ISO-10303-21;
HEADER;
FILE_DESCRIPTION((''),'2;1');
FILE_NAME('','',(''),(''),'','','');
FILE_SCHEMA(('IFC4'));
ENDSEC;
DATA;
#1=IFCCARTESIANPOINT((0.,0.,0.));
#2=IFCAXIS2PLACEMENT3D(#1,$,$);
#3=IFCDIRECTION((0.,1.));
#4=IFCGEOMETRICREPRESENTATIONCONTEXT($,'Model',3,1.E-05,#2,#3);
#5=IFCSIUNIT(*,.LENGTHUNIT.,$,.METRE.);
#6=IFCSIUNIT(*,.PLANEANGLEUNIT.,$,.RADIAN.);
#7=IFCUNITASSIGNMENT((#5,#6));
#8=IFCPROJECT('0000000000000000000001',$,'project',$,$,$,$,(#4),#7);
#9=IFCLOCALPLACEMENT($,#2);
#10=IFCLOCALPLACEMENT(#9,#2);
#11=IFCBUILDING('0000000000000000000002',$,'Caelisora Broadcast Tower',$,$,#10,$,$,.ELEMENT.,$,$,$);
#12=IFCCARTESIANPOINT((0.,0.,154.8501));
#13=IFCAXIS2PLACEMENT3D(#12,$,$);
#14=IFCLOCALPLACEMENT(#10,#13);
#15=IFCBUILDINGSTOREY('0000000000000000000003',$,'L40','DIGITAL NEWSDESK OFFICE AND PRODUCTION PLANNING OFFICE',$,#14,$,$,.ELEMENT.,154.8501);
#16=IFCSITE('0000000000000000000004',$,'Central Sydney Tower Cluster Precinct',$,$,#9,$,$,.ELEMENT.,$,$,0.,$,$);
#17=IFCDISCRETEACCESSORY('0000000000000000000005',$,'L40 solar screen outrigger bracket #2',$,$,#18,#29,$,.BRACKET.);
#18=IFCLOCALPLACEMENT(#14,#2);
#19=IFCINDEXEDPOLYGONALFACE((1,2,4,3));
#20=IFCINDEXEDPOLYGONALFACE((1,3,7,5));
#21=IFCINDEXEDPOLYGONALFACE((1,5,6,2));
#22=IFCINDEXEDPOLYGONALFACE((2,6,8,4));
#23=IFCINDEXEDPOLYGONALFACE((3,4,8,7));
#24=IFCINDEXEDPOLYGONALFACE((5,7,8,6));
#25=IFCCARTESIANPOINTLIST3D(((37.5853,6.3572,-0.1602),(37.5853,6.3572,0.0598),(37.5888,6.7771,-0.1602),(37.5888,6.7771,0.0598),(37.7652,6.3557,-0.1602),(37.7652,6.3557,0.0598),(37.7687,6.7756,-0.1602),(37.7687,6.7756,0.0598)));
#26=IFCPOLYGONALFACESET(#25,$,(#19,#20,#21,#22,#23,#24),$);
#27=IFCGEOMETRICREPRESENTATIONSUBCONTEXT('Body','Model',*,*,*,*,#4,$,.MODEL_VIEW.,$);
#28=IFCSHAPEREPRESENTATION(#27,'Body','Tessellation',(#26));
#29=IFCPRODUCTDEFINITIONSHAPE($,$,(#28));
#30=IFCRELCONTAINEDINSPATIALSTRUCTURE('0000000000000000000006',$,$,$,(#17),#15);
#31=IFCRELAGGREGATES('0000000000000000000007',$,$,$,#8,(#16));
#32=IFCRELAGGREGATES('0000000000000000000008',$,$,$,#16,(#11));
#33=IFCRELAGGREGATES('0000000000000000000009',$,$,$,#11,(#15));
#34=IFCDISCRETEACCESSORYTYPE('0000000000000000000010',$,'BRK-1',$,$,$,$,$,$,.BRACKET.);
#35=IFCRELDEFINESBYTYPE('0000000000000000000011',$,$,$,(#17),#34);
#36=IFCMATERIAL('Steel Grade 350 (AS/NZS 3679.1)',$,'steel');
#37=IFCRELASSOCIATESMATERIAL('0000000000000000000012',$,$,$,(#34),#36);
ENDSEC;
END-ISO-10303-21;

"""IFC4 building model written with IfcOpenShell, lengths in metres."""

from ifc_helpers import new_model, si_unit, direction, frame, origin, origin_2d, place, context, subcontext, project, spatial, rectangle, extrude, source, transform, mapped, material, type_object, type_shapes, element, save


model = new_model("IFC4")

# Units and contexts
model_context = context("Model", 3, precision=1e-05, world=origin(), true_north=direction((0.0, 1.0)))
body_context = subcontext(model_context, "Body", "Model", "MODEL_VIEW")
ifc_project = project(units=[si_unit("LENGTHUNIT", "METRE"), si_unit("PLANEANGLEUNIT", "RADIAN")], contexts=[model_context])

# Site, building, storey
site_placement = place(None, origin())
site = spatial("IfcSite", under=ifc_project, at=site_placement, Name="Central Sydney Tower Cluster Precinct", CompositionType="ELEMENT", RefElevation=0.0)
building_placement = place(site_placement, origin())
building = spatial("IfcBuilding", under=site, at=building_placement, Name="Caelisora Broadcast Tower", CompositionType="ELEMENT")
storey_placement = place(building_placement, frame((0.0, 0.0, 154.8501)))
storey = spatial("IfcBuildingStorey", under=building, at=storey_placement, Name="L40", Description="DIGITAL NEWSDESK OFFICE AND PRODUCTION PLANNING OFFICE", CompositionType="ELEMENT", Elevation=154.8501)

# Shared definitions
ifc_material_1 = material(Name="Steel Grade 350 (AS/NZS 3679.1)", Category="steel")

# Discrete accessory
discrete_accessory_type = type_object("IfcDiscreteAccessoryType", Name="BRK-1", PredefinedType="BRACKET", material=ifc_material_1)
shared_shape_1 = source(origin(), body_context, "Body", "SweptSolid", [
    extrude(rectangle(XDim=0.1799, YDim=0.4199, at=origin_2d()), origin(), (0.0, 0.0, 1.0), 0.22),
])
type_shapes(discrete_accessory_type, [shared_shape_1])
discrete_accessory_placement = place(storey_placement, frame((37.677, 6.5664, -0.1602), z_axis=(0.0, 0.0, 1.0), x_axis=(0.999966, -0.008203, 0.0)))
element("IfcDiscreteAccessory", 1, at=discrete_accessory_placement, inside=storey, type_object=discrete_accessory_type, Name="L40 solar screen outrigger bracket #2", PredefinedType="BRACKET", context=body_context, shape_type="MappedRepresentation", body=[
    mapped(shared_shape_1, transform((0.0, 0.0, 0.0), scale=1.0)),
])

save(model, "model.ifc")
